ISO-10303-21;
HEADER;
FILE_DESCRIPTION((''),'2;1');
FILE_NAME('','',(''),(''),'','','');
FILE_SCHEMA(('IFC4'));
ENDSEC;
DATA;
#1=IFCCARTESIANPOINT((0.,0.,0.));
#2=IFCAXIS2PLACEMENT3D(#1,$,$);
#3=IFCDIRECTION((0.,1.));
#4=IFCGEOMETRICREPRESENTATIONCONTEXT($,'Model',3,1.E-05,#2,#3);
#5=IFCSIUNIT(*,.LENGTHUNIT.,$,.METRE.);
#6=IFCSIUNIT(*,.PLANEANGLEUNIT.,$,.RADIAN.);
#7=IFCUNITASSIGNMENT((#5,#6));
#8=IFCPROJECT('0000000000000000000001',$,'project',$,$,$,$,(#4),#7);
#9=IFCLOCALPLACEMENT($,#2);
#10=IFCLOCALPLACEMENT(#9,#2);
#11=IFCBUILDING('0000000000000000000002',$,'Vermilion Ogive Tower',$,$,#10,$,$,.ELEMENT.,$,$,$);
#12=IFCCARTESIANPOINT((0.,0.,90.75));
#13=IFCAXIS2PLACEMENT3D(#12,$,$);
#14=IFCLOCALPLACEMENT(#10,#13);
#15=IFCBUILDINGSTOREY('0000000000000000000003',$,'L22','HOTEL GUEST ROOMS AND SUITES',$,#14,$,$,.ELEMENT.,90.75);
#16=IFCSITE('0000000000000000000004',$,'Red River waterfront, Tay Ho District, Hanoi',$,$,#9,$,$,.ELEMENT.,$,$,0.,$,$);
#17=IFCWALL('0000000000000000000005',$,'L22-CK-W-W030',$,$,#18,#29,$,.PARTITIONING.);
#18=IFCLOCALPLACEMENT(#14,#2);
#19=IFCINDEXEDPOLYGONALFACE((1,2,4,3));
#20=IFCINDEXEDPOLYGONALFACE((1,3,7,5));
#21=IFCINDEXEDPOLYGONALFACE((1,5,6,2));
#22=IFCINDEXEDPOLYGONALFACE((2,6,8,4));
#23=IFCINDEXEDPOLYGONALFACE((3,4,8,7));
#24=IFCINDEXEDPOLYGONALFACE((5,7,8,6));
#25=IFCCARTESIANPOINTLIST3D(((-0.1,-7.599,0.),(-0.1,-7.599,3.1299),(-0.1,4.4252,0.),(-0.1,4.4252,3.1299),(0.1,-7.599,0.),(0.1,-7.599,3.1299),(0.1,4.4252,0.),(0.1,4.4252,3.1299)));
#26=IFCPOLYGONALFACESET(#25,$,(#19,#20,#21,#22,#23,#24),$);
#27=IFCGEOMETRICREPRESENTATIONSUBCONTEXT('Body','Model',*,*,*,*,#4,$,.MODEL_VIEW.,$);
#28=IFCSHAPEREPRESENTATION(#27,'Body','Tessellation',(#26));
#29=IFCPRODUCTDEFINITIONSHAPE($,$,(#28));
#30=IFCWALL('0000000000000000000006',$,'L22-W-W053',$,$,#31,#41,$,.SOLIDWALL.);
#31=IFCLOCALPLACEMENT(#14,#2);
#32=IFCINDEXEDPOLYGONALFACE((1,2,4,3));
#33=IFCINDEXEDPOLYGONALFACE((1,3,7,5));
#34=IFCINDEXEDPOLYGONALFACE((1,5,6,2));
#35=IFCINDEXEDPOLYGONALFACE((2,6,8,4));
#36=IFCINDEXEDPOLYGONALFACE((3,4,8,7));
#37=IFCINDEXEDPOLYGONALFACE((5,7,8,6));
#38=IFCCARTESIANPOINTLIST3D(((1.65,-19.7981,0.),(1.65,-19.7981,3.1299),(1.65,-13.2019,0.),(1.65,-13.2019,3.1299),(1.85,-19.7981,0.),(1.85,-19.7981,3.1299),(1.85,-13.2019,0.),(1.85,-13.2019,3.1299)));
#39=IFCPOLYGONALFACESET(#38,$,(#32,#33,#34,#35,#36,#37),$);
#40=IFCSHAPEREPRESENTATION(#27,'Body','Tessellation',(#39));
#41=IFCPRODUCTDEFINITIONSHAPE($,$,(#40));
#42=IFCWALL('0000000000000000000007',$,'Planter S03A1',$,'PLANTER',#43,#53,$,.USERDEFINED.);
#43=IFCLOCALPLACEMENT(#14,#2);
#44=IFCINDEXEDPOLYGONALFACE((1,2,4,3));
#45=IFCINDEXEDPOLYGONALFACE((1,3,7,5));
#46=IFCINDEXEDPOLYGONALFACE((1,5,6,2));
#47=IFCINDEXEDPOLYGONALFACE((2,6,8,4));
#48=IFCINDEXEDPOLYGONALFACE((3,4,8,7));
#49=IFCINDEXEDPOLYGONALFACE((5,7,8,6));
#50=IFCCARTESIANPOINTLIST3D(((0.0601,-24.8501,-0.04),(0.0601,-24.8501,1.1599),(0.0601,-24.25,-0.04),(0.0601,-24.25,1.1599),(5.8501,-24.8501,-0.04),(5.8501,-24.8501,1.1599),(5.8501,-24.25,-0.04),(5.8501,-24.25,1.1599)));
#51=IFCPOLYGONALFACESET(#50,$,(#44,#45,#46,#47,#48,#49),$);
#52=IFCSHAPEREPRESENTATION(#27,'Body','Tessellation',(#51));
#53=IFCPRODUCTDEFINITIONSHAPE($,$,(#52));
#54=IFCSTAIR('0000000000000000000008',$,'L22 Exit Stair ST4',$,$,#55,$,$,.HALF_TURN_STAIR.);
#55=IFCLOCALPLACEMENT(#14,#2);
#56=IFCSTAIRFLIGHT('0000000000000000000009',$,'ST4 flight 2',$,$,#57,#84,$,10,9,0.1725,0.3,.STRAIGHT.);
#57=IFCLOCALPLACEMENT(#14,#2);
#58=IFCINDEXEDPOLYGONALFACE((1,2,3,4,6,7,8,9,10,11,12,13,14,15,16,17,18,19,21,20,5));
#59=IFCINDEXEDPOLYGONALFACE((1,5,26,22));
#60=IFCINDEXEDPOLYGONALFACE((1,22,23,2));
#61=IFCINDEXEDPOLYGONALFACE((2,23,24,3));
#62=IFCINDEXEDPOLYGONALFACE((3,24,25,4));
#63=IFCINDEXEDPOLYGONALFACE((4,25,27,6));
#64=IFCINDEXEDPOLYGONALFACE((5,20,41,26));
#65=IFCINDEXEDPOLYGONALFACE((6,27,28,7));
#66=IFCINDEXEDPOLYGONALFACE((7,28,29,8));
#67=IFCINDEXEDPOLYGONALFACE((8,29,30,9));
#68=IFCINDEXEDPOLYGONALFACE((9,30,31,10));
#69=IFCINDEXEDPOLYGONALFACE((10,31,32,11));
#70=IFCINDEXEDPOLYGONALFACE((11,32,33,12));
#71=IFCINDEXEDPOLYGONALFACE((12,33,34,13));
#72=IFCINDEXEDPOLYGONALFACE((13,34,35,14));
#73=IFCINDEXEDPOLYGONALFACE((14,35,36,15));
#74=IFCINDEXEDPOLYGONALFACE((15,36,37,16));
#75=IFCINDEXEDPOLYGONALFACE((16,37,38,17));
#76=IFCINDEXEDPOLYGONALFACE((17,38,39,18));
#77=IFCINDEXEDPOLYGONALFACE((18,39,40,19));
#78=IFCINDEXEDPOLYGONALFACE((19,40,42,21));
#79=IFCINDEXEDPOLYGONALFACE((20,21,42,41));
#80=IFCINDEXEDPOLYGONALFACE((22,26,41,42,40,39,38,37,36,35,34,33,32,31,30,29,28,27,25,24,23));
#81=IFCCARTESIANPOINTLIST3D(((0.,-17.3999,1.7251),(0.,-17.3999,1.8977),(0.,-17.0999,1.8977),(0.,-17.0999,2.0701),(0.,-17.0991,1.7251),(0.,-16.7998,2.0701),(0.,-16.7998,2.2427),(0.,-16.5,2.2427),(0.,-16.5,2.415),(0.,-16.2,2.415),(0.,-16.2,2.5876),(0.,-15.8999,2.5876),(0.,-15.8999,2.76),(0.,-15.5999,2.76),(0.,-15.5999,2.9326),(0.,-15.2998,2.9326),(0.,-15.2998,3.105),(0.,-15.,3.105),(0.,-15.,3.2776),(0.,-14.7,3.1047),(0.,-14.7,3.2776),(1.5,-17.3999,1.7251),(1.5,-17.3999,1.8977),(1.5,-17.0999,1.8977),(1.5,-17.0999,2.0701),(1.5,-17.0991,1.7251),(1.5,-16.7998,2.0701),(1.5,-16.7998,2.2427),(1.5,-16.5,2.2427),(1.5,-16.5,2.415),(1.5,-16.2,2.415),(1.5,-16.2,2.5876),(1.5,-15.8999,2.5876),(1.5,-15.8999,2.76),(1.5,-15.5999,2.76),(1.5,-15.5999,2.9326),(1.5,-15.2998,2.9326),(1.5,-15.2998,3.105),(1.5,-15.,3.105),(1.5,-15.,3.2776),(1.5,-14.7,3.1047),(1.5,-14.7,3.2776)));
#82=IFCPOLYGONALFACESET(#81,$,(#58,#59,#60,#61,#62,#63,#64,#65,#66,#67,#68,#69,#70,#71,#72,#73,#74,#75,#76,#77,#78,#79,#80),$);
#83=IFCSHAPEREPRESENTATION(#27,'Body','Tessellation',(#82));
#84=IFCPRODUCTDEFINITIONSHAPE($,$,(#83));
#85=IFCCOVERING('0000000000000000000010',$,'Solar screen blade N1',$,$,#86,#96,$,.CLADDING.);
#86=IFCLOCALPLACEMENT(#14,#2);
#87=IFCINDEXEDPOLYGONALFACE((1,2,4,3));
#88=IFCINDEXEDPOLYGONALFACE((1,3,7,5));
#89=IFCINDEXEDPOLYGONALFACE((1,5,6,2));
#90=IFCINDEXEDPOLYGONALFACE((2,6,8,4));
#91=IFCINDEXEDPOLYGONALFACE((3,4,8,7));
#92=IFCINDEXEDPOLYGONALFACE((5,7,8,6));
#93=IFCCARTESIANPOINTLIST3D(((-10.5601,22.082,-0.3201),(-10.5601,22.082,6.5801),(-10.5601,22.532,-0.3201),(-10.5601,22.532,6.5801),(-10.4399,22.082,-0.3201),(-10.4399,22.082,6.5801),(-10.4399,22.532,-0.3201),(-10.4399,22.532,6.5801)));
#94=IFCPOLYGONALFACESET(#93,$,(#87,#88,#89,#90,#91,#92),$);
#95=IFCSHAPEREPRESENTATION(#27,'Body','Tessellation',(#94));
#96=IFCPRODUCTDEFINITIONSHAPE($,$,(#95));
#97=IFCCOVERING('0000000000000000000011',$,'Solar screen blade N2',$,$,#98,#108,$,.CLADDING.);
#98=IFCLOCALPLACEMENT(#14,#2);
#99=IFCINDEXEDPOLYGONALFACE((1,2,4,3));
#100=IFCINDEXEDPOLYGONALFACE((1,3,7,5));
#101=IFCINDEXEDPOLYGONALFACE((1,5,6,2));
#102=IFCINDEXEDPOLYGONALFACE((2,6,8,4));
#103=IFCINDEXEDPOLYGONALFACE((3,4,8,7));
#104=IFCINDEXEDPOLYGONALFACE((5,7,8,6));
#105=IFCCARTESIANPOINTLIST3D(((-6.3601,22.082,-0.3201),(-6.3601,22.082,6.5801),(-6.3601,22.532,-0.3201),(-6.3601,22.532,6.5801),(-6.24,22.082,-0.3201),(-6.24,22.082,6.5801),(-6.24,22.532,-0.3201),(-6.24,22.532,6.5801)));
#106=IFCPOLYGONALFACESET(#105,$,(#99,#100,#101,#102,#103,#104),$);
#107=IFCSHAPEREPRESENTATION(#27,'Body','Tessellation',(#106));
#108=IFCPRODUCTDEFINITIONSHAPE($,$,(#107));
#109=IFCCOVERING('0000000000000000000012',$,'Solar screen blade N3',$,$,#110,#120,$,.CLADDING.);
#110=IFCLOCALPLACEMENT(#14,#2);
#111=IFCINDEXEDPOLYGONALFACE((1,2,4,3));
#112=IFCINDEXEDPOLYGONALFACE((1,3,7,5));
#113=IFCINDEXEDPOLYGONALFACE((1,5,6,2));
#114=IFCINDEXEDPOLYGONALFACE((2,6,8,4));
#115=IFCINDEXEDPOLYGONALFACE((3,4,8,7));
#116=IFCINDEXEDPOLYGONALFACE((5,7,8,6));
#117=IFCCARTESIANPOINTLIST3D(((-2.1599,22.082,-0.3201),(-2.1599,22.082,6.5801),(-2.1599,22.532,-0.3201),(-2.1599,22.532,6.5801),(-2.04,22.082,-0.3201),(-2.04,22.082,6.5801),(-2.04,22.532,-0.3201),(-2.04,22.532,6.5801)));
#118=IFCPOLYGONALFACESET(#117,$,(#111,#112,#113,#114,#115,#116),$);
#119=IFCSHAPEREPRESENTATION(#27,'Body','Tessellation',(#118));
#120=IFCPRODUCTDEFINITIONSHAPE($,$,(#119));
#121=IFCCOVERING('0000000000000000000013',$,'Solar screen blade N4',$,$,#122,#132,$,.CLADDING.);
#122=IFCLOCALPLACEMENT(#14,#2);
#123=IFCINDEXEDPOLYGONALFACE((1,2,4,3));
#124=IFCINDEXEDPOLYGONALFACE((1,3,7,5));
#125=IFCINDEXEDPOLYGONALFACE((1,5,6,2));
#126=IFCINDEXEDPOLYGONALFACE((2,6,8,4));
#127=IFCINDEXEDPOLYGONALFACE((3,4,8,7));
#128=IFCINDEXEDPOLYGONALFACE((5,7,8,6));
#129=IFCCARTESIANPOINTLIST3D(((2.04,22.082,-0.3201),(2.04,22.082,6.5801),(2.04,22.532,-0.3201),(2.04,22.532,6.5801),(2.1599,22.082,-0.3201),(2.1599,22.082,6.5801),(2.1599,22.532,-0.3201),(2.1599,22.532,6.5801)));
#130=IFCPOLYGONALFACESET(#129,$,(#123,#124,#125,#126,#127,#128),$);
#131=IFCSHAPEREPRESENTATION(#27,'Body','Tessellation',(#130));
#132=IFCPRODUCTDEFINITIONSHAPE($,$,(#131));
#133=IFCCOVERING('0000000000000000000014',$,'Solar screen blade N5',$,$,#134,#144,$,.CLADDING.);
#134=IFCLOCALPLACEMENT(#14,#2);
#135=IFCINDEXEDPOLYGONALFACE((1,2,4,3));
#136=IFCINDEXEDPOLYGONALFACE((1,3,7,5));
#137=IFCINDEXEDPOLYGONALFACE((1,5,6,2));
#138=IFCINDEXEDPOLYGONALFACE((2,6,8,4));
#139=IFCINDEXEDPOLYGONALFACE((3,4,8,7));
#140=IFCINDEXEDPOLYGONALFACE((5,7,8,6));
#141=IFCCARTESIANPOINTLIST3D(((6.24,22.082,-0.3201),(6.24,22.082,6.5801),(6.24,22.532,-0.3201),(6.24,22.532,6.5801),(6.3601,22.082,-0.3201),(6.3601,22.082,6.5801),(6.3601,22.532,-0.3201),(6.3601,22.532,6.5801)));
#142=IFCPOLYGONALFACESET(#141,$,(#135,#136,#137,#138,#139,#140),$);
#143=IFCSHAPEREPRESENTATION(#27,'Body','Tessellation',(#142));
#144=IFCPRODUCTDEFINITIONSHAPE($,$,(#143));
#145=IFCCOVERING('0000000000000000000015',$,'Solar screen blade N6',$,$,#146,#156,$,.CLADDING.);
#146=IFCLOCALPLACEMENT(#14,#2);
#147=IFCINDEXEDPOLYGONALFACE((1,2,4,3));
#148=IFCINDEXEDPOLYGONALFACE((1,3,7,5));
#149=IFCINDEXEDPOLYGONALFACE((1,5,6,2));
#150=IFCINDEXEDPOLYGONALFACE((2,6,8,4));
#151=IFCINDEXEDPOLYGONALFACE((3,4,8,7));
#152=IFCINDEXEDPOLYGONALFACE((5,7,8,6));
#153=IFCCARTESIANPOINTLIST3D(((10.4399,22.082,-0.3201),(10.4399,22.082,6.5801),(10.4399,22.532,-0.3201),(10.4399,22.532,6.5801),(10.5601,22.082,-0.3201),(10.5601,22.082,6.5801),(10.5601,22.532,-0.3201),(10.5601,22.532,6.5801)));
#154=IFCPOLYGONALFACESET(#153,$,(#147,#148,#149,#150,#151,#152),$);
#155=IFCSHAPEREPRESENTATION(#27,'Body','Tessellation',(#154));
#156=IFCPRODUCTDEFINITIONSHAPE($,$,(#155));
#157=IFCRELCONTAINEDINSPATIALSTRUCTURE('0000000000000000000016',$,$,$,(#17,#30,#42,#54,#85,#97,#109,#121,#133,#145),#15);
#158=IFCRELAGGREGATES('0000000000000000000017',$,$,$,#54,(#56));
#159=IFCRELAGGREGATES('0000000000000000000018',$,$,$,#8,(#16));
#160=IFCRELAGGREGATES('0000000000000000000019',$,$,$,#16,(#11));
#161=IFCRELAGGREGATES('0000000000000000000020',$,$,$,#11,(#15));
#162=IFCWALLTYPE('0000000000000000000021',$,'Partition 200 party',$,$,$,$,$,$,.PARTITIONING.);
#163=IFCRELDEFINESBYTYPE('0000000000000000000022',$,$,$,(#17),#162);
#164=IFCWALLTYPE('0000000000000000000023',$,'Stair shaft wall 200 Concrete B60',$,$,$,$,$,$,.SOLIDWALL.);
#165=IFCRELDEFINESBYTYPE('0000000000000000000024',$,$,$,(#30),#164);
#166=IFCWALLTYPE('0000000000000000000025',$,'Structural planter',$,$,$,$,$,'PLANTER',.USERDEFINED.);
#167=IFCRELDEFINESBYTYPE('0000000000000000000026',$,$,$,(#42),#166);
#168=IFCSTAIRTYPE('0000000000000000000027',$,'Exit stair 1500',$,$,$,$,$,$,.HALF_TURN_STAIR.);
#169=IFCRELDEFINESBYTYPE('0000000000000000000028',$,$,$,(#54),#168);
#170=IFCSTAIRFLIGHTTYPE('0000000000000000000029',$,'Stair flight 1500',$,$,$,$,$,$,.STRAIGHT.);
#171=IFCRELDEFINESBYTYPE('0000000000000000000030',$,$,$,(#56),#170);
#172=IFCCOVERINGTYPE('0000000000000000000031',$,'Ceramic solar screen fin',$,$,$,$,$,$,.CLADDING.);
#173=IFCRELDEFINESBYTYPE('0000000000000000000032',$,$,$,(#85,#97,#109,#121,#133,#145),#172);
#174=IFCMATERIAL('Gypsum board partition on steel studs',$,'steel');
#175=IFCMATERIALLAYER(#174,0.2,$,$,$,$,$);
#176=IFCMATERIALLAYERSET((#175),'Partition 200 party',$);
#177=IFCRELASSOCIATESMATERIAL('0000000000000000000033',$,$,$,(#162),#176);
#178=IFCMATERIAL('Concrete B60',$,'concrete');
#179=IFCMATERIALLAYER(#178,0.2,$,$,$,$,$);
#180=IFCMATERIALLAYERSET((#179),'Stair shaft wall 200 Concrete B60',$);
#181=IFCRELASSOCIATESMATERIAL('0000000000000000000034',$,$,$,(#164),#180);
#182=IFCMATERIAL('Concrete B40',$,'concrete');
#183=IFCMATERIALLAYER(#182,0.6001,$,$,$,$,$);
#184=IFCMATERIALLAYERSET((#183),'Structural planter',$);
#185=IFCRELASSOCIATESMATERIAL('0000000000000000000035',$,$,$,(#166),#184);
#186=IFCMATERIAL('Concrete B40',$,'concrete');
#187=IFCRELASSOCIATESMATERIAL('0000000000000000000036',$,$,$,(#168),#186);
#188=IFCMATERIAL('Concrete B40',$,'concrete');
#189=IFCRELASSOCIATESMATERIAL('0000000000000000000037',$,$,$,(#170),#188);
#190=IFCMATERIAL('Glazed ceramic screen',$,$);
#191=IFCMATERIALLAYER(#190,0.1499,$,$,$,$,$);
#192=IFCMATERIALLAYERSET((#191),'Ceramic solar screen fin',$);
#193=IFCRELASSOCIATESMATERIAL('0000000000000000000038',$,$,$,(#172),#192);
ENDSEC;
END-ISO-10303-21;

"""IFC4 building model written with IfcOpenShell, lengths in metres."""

from ifc_helpers import new_model, si_unit, direction, frame, frame_2d, origin, place, context, subcontext, project, spatial, polyline, rectangle, outline, extrude, material, layer, layer_set, type_object, element, aggregate, save


model = new_model("IFC4")

# Units and contexts
model_context = context("Model", 3, precision=1e-05, world=origin(), true_north=direction((0.0, 1.0)))
body_context = subcontext(model_context, "Body", "Model", "MODEL_VIEW")
ifc_project = project(units=[si_unit("LENGTHUNIT", "METRE"), si_unit("PLANEANGLEUNIT", "RADIAN")], contexts=[model_context])

# Site, building, storey
site_placement = place(None, origin())
site = spatial("IfcSite", under=ifc_project, at=site_placement, Name="Red River waterfront, Tay Ho District, Hanoi", CompositionType="ELEMENT", RefElevation=0.0)
building_placement = place(site_placement, origin())
building = spatial("IfcBuilding", under=site, at=building_placement, Name="Vermilion Ogive Tower", CompositionType="ELEMENT")
storey_placement = place(building_placement, frame((0.0, 0.0, 90.75)))
storey = spatial("IfcBuildingStorey", under=building, at=storey_placement, Name="L22", Description="HOTEL GUEST ROOMS AND SUITES", CompositionType="ELEMENT", Elevation=90.75)

# Walls
ifc_material_1 = material(Name="Gypsum board partition on steel studs", Category="steel")
ifc_layer_1 = layer(ifc_material_1, 0.2)
ifc_layer_set_1 = layer_set([ifc_layer_1], Name="Partition 200 party")
wall_type_1 = type_object("IfcWallType", Name="Partition 200 party", PredefinedType="PARTITIONING", material=ifc_layer_set_1)
wall_1_placement = place(storey_placement, frame((0.0, -7.5991, 0.0), z_axis=(0.0, 0.0, 1.0), x_axis=(0.0, 1.0, 0.0)))
element("IfcWall", 1, at=wall_1_placement, inside=storey, type_object=wall_type_1, Name="L22-CK-W-W030", PredefinedType="PARTITIONING", context=body_context, shape_type="SweptSolid", body=[
    extrude(rectangle(XDim=12.0242, YDim=0.2, at=frame_2d((6.0122, 0.0))), origin(), (0.0, 0.0, 1.0), 3.1299),
])
ifc_material_2 = material(Name="Concrete B60", Category="concrete")
ifc_layer_2 = layer(ifc_material_2, 0.2)
ifc_layer_set_2 = layer_set([ifc_layer_2], Name="Stair shaft wall 200 Concrete B60")
wall_type_2 = type_object("IfcWallType", Name="Stair shaft wall 200 Concrete B60", PredefinedType="SOLIDWALL", material=ifc_layer_set_2)
wall_2_placement = place(storey_placement, frame((1.75, -19.7981, 0.0), z_axis=(0.0, 0.0, 1.0), x_axis=(0.0, 1.0, 0.0)))
element("IfcWall", 2, at=wall_2_placement, inside=storey, type_object=wall_type_2, Name="L22-W-W053", PredefinedType="SOLIDWALL", context=body_context, shape_type="SweptSolid", body=[
    extrude(rectangle(XDim=6.5962, YDim=0.2, at=frame_2d((3.2981, 0.0))), origin(), (0.0, 0.0, 1.0), 3.1299),
])
ifc_material_3 = material(Name="Concrete B40", Category="concrete")
ifc_layer_3 = layer(ifc_material_3, 0.6001)
ifc_layer_set_3 = layer_set([ifc_layer_3], Name="Structural planter")
wall_type_3 = type_object("IfcWallType", Name="Structural planter", ElementType="PLANTER", PredefinedType="USERDEFINED", material=ifc_layer_set_3)
wall_3_placement = place(storey_placement, frame((0.0601, -24.55, -0.04), z_axis=(0.0, 0.0, 1.0), x_axis=(1.0, 0.0, 0.0)))
element("IfcWall", 3, at=wall_3_placement, inside=storey, type_object=wall_type_3, Name="Planter S03A1", ObjectType="PLANTER", PredefinedType="USERDEFINED", context=body_context, shape_type="SweptSolid", body=[
    extrude(rectangle(XDim=5.79, YDim=0.6001, at=frame_2d((2.895, 0.0))), origin(), (0.0, 0.0, 1.0), 1.2),
])

# Stair, stair flight
ifc_material_4 = material(Name="Concrete B40", Category="concrete")
stair_type = type_object("IfcStairType", Name="Exit stair 1500", PredefinedType="HALF_TURN_STAIR", material=ifc_material_4)
stair_placement = place(storey_placement, origin())
stair = element("IfcStair", 4, at=stair_placement, inside=storey, type_object=stair_type, Name="L22 Exit Stair ST4", PredefinedType="HALF_TURN_STAIR")
ifc_material_5 = material(Name="Concrete B40", Category="concrete")
stair_flight_type = type_object("IfcStairFlightType", Name="Stair flight 1500", PredefinedType="STRAIGHT", material=ifc_material_5)
stair_flight_placement = place(storey_placement, frame((0.75, -17.3999, 1.7251), z_axis=(0.0, 0.0, 1.0), x_axis=(0.0, 1.0, 0.0)))
stair_flight = element("IfcStairFlight", 5, at=stair_flight_placement, type_object=stair_flight_type, Name="ST4 flight 2", NumberOfRisers=10, NumberOfTreads=9, PredefinedType="STRAIGHT", RiserHeight=0.1725, TreadLength=0.3, context=body_context, shape_type="SweptSolid", body=[
    extrude(outline(polyline([(0.0, 0.0), (0.0, 0.1726), (0.3, 0.1726), (0.3, 0.345), (0.6001, 0.345), (0.6001, 0.5176), (0.8999, 0.5176), (0.8999, 0.6899), (1.2, 0.6899), (1.2, 0.8625), (1.5, 0.8625), (1.5, 1.0349), (1.8, 1.0349), (1.8, 1.2075), (2.1001, 1.2075), (2.1001, 1.3799), (2.3999, 1.3799), (2.3999, 1.5525), (2.7, 1.5525), (2.7, 1.7251), (2.7, 1.3796), (0.3008, 0.0), (0.0, 0.0)])), frame((0.0, 0.75, 0.0), z_axis=(0.0, -1.0, 0.0), x_axis=(1.0, 0.0, 0.0)), (0.0, 0.0, 1.0), 1.5),
])
aggregate(stair, [stair_flight])

# Coverings
ifc_material_6 = material(Name="Glazed ceramic screen")
ifc_layer_4 = layer(ifc_material_6, 0.1499)
ifc_layer_set_4 = layer_set([ifc_layer_4], Name="Ceramic solar screen fin")
covering_type_1 = type_object("IfcCoveringType", Name="Ceramic solar screen fin", PredefinedType="CLADDING", material=ifc_layer_set_4)
covering_1_placement = place(storey_placement, frame((0.0, 0.0, -0.3201)))
element("IfcCovering", 6, at=covering_1_placement, inside=storey, type_object=covering_type_1, Name="Solar screen blade N1", PredefinedType="CLADDING", context=body_context, shape_type="SweptSolid", body=[
    extrude(outline(polyline([(-10.5601, 22.082), (-10.4399, 22.082), (-10.4399, 22.532), (-10.5601, 22.532), (-10.5601, 22.082)])), origin(), (0.0, 0.0, 1.0), 6.9001),
])
covering_2_placement = place(storey_placement, frame((0.0, 0.0, -0.3201)))
element("IfcCovering", 7, at=covering_2_placement, inside=storey, type_object=covering_type_1, Name="Solar screen blade N2", PredefinedType="CLADDING", context=body_context, shape_type="SweptSolid", body=[
    extrude(outline(polyline([(-6.3601, 22.082), (-6.24, 22.082), (-6.24, 22.532), (-6.3601, 22.532), (-6.3601, 22.082)])), origin(), (0.0, 0.0, 1.0), 6.9001),
])
covering_3_placement = place(storey_placement, frame((0.0, 0.0, -0.3201)))
element("IfcCovering", 8, at=covering_3_placement, inside=storey, type_object=covering_type_1, Name="Solar screen blade N3", PredefinedType="CLADDING", context=body_context, shape_type="SweptSolid", body=[
    extrude(outline(polyline([(-2.1599, 22.082), (-2.04, 22.082), (-2.04, 22.532), (-2.1599, 22.532), (-2.1599, 22.082)])), origin(), (0.0, 0.0, 1.0), 6.9001),
])
covering_4_placement = place(storey_placement, frame((0.0, 0.0, -0.3201)))
element("IfcCovering", 9, at=covering_4_placement, inside=storey, type_object=covering_type_1, Name="Solar screen blade N4", PredefinedType="CLADDING", context=body_context, shape_type="SweptSolid", body=[
    extrude(outline(polyline([(2.04, 22.082), (2.1599, 22.082), (2.1599, 22.532), (2.04, 22.532), (2.04, 22.082)])), origin(), (0.0, 0.0, 1.0), 6.9001),
])
covering_5_placement = place(storey_placement, frame((0.0, 0.0, -0.3201)))
element("IfcCovering", 10, at=covering_5_placement, inside=storey, type_object=covering_type_1, Name="Solar screen blade N5", PredefinedType="CLADDING", context=body_context, shape_type="SweptSolid", body=[
    extrude(outline(polyline([(6.24, 22.082), (6.3601, 22.082), (6.3601, 22.532), (6.24, 22.532), (6.24, 22.082)])), origin(), (0.0, 0.0, 1.0), 6.9001),
])
covering_6_placement = place(storey_placement, frame((0.0, 0.0, -0.3201)))
element("IfcCovering", 11, at=covering_6_placement, inside=storey, type_object=covering_type_1, Name="Solar screen blade N6", PredefinedType="CLADDING", context=body_context, shape_type="SweptSolid", body=[
    extrude(outline(polyline([(10.4399, 22.082), (10.5601, 22.082), (10.5601, 22.532), (10.4399, 22.532), (10.4399, 22.082)])), origin(), (0.0, 0.0, 1.0), 6.9001),
])

save(model, "model.ifc")
